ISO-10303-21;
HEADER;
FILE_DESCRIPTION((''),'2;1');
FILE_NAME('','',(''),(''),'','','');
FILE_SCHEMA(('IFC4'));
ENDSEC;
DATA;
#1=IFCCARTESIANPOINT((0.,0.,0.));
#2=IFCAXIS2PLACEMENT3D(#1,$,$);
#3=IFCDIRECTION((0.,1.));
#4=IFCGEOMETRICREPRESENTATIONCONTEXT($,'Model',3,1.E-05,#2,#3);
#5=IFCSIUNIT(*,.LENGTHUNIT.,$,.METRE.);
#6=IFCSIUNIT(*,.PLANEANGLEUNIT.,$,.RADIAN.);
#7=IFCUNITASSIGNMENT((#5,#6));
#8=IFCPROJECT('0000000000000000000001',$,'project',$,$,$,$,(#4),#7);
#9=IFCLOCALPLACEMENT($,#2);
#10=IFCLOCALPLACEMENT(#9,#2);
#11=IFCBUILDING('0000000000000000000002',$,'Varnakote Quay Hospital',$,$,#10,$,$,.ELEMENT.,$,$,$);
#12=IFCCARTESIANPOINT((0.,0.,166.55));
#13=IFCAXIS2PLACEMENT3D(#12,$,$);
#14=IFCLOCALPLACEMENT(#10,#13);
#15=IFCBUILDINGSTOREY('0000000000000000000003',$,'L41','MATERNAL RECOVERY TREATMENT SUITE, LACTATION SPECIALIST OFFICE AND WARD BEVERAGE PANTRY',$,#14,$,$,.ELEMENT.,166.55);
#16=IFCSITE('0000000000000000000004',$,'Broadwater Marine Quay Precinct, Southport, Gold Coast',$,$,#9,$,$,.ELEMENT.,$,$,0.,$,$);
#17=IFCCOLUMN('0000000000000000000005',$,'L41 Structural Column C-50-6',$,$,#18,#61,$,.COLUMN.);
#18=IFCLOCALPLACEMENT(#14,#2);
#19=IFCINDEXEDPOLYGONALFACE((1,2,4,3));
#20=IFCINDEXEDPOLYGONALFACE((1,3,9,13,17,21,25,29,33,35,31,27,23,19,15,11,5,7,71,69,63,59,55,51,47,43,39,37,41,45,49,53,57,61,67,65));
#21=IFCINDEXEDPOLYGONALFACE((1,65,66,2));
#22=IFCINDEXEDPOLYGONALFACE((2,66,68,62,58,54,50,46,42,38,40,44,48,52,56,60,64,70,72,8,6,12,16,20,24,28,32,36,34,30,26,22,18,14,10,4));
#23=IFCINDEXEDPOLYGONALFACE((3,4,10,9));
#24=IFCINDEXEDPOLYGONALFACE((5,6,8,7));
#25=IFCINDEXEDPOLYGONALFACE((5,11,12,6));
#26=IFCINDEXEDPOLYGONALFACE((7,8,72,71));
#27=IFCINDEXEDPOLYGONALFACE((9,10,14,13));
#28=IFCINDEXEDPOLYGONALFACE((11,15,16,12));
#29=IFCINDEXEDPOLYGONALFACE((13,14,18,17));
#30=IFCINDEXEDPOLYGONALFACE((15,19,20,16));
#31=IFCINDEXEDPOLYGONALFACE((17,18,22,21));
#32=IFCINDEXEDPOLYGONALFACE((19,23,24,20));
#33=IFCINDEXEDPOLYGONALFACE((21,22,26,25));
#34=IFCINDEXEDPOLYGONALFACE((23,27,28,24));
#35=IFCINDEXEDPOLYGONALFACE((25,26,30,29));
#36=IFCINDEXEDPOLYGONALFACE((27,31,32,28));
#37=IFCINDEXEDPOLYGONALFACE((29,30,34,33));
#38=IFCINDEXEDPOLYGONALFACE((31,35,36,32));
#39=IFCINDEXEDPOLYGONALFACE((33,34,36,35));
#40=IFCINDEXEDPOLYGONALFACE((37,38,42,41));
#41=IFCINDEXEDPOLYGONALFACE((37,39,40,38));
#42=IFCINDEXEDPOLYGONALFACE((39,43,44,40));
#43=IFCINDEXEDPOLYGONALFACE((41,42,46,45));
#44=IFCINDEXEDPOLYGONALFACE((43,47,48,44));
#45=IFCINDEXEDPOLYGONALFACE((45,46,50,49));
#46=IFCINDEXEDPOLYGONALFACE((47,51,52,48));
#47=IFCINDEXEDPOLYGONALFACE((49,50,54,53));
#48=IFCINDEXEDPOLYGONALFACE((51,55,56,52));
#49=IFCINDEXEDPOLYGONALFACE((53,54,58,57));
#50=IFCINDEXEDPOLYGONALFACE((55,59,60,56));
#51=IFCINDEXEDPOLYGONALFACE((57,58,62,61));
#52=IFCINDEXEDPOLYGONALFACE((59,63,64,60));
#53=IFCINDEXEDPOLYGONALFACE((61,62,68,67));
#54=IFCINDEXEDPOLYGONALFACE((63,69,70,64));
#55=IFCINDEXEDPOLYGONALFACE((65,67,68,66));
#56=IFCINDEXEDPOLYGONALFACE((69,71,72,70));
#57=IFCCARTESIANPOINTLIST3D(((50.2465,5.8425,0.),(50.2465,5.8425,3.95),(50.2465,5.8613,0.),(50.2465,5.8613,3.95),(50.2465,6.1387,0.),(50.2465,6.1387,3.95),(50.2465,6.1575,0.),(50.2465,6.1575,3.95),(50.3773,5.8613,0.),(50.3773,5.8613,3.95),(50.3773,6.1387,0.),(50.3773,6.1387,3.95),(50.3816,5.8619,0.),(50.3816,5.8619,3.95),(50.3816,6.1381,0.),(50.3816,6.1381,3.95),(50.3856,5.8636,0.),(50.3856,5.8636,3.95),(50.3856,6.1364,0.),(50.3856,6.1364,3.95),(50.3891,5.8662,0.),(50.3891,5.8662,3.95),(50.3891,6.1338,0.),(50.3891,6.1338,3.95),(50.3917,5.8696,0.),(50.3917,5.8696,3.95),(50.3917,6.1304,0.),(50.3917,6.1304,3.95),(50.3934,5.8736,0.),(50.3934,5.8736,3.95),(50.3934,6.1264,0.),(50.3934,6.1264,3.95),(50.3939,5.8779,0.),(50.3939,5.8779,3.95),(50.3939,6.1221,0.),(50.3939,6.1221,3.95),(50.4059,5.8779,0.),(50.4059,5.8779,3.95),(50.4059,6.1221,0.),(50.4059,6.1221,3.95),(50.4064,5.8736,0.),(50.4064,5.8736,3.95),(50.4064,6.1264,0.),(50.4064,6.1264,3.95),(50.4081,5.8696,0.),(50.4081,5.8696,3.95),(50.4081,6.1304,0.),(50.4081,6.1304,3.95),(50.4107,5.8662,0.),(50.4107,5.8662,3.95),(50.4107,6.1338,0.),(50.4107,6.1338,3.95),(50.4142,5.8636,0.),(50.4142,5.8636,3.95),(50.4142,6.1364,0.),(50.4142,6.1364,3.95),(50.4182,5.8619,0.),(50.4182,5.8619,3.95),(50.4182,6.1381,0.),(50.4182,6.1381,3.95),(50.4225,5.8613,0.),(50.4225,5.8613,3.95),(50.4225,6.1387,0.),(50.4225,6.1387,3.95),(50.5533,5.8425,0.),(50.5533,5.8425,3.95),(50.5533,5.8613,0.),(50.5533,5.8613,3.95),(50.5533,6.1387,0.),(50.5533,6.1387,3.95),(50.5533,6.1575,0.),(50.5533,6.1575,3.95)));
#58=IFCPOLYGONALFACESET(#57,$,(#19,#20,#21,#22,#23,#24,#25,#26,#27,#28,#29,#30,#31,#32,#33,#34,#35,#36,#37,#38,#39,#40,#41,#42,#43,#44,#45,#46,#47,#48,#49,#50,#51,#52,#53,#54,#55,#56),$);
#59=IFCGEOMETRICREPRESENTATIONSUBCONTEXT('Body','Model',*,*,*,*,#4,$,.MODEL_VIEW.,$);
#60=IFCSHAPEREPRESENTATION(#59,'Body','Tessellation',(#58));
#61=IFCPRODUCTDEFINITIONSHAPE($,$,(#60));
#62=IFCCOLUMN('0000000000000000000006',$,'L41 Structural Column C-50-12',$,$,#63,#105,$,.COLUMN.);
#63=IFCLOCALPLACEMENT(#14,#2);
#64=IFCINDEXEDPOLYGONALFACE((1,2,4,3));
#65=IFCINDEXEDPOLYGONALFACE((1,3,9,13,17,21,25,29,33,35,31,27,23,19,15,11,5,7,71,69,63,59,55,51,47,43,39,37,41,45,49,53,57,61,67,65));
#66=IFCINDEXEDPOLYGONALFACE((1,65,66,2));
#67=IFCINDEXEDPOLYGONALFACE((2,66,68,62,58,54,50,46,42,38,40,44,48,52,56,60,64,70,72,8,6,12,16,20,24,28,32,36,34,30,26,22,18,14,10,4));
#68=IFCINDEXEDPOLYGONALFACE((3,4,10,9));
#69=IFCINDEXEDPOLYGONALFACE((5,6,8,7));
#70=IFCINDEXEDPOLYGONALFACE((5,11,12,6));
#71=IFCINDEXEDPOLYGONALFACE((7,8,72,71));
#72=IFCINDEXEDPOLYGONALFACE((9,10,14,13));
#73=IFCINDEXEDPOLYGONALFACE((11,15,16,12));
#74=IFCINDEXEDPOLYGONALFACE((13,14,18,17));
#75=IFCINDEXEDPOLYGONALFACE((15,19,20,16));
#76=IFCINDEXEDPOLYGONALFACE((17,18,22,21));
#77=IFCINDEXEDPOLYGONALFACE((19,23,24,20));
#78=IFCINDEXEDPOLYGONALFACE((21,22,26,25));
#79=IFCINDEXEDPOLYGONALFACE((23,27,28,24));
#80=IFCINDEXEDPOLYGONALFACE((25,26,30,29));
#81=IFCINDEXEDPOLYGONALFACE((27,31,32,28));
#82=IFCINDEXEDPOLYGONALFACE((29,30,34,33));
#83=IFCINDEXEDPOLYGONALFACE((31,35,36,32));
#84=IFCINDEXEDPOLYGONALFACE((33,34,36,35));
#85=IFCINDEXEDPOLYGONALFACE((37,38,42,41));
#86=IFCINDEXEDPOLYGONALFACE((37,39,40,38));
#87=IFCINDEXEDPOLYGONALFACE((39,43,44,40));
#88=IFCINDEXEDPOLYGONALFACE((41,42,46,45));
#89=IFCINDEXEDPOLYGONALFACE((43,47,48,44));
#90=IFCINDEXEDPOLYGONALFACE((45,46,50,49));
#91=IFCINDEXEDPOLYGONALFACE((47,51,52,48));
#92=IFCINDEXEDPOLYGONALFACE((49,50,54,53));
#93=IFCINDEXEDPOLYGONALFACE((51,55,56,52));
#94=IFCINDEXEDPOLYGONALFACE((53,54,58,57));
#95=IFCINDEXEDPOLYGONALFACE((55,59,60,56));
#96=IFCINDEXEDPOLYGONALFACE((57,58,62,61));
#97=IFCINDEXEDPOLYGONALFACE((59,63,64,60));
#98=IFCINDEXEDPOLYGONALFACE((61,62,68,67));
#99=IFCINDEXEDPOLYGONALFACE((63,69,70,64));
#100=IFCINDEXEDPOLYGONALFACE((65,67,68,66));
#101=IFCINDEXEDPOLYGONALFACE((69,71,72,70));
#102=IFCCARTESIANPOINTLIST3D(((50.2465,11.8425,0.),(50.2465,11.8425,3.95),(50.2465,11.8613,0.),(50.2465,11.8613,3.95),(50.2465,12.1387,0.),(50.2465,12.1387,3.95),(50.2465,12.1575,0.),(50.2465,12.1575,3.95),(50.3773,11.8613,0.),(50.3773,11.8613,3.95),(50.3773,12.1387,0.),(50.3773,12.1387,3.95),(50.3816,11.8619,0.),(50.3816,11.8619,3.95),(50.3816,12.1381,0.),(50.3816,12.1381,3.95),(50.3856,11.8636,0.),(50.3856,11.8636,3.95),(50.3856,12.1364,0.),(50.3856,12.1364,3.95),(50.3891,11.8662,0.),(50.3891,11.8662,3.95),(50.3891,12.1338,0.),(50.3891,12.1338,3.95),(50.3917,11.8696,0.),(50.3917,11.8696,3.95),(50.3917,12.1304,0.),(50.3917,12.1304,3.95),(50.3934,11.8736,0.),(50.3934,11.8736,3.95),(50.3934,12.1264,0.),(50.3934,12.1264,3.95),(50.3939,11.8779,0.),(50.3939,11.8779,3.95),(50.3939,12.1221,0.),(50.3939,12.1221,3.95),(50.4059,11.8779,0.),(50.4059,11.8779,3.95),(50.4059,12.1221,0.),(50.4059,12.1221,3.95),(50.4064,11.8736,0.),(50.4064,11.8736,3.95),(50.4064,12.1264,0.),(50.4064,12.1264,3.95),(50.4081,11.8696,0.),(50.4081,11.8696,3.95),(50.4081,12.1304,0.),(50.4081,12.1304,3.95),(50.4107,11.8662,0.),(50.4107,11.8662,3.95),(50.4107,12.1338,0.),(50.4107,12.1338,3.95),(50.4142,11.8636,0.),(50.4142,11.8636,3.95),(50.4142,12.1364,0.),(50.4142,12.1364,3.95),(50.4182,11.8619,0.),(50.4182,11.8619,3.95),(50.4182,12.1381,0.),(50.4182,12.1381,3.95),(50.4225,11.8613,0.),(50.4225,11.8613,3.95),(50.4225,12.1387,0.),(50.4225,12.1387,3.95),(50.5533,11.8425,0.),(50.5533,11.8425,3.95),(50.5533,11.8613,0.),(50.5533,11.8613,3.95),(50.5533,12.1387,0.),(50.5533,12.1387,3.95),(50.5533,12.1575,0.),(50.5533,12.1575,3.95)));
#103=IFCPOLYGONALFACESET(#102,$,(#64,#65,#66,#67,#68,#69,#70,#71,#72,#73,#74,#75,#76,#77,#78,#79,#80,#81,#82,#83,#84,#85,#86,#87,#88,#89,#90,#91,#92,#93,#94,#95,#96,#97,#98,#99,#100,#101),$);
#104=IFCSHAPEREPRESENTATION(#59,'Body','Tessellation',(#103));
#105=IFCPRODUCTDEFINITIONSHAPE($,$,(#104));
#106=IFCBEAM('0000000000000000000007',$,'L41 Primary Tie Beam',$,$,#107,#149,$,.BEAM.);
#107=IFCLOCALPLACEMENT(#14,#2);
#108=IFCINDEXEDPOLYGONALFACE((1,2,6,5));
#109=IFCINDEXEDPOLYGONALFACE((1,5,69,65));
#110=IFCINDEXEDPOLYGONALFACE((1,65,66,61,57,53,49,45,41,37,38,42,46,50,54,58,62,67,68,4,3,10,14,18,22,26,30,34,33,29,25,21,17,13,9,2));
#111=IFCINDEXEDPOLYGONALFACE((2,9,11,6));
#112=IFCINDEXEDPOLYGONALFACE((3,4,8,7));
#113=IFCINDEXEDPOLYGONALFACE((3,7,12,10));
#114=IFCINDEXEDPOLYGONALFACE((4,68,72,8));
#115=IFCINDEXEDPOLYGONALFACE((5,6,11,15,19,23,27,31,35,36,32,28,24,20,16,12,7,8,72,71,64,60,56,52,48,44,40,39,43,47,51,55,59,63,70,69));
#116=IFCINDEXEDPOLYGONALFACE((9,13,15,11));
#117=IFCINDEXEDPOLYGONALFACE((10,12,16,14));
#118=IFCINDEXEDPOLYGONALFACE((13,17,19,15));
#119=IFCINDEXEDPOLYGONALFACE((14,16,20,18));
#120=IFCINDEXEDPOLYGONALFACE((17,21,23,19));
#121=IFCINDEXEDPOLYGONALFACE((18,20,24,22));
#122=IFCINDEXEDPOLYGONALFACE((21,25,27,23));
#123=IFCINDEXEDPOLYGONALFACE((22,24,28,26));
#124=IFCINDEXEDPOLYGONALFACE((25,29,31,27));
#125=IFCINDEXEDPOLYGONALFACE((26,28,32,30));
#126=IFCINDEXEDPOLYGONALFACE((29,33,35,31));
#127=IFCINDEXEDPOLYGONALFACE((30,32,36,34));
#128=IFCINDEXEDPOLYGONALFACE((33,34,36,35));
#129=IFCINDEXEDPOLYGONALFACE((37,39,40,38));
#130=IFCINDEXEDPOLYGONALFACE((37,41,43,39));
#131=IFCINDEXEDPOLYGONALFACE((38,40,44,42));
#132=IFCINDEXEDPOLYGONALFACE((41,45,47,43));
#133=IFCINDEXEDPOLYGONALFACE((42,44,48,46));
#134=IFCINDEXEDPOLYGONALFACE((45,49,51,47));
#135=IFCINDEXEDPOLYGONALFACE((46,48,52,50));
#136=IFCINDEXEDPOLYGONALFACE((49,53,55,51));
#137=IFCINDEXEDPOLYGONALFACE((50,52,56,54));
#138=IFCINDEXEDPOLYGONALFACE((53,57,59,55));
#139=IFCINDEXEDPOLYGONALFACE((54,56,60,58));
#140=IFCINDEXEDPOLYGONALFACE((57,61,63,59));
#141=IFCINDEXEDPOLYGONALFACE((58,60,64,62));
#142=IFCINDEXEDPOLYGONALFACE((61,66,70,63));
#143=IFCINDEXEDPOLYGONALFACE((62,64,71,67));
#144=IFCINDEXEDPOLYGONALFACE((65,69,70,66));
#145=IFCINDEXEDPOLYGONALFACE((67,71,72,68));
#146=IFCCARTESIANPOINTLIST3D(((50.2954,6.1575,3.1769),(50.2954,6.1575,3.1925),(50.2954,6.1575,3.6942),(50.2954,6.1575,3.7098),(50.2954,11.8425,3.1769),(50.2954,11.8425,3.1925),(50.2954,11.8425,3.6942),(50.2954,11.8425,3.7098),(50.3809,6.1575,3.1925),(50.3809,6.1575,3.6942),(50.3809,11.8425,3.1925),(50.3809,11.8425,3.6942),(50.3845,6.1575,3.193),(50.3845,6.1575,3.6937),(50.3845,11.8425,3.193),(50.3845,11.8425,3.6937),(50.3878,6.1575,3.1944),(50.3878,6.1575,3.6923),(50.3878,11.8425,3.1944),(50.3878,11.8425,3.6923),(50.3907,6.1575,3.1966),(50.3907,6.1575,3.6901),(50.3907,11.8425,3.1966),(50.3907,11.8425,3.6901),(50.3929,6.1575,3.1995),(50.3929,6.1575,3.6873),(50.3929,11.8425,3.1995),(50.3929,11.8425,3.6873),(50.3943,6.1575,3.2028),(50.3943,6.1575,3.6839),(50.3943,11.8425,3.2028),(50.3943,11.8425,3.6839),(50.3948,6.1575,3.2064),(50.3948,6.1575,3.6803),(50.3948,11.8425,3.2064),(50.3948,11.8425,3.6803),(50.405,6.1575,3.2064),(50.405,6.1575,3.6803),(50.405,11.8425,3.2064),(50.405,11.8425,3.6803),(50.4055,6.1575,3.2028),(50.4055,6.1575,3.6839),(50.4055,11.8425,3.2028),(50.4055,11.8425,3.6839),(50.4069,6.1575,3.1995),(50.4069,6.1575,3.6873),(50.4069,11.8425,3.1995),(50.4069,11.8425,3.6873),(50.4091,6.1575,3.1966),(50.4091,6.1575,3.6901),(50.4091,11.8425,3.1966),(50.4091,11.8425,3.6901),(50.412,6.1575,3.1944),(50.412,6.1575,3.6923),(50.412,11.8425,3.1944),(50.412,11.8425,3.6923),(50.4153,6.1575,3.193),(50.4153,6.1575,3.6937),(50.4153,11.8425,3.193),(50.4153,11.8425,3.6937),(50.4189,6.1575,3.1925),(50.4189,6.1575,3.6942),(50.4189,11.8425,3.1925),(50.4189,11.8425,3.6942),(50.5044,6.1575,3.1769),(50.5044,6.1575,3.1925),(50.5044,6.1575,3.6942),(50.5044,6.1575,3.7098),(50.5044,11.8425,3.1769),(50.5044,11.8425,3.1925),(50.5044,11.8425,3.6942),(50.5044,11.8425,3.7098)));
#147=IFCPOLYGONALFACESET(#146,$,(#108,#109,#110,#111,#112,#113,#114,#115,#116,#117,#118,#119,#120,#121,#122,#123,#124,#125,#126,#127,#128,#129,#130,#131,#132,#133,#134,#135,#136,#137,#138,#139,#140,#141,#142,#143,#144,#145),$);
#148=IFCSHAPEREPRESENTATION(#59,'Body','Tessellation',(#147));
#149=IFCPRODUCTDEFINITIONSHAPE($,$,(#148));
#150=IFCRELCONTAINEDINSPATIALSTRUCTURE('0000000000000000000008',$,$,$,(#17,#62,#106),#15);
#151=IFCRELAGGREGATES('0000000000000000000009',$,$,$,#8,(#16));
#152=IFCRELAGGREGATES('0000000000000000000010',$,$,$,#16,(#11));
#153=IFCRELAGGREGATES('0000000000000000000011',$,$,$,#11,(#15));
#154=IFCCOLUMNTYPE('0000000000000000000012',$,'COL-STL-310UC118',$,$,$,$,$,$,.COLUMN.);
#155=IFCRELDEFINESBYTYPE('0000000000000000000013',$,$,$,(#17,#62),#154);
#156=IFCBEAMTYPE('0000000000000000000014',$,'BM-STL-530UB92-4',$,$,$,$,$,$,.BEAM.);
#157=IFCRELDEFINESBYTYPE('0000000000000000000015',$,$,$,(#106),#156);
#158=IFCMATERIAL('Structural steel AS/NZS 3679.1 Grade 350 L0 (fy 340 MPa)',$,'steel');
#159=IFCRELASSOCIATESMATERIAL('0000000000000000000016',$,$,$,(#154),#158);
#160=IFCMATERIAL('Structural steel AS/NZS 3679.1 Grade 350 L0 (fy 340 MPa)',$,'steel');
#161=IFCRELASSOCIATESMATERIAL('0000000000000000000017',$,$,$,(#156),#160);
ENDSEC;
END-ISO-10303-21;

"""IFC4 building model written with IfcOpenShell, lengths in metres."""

from ifc_helpers import new_model, si_unit, direction, frame, origin, origin_2d, place, context, subcontext, project, spatial, i_section, extrude, material, material_profile, profile_set, type_object, element, save


model = new_model("IFC4")

# Units and contexts
model_context = context("Model", 3, precision=1e-05, world=origin(), true_north=direction((0.0, 1.0)))
body_context = subcontext(model_context, "Body", "Model", "MODEL_VIEW")
ifc_project = project(units=[si_unit("LENGTHUNIT", "METRE"), si_unit("PLANEANGLEUNIT", "RADIAN")], contexts=[model_context])

# Site, building, storey
site_placement = place(None, origin())
site = spatial("IfcSite", under=ifc_project, at=site_placement, Name="Broadwater Marine Quay Precinct, Southport, Gold Coast", CompositionType="ELEMENT", RefElevation=0.0)
building_placement = place(site_placement, origin())
building = spatial("IfcBuilding", under=site, at=building_placement, Name="Varnakote Quay Hospital", CompositionType="ELEMENT")
storey_placement = place(building_placement, frame((0.0, 0.0, 166.55)))
storey = spatial("IfcBuildingStorey", under=building, at=storey_placement, Name="L41", Description="MATERNAL RECOVERY TREATMENT SUITE, LACTATION SPECIALIST OFFICE AND WARD BEVERAGE PANTRY", CompositionType="ELEMENT", Elevation=166.55)

# Columns
ifc_material_1 = material(Name="Structural steel AS/NZS 3679.1 Grade 350 L0 (fy 340 MPa)", Category="steel")
ifc_material_profile_1 = material_profile(ifc_material_1, i_section(OverallWidth=0.3069, OverallDepth=0.3149, WebThickness=0.012, FlangeThickness=0.0188, FilletRadius=0.0166, at=origin_2d()), Name="310UC118")
ifc_profile_set_1 = profile_set([ifc_material_profile_1], Name="Structural steel AS/NZS 3679.1 Grade 350 L0 (fy 340 MPa)")
column_type = type_object("IfcColumnType", Name="COL-STL-310UC118", PredefinedType="COLUMN", material=ifc_profile_set_1)
for number, where, z_axis, x_axis, name in (
    (1, (50.3999, 6.0, 0.0), (0.0, 0.0, 1.0), (1.0, 0.0, 0.0), "L41 Structural Column C-50-6"),
    (2, (50.3999, 12.0, 0.0), (0.0, 0.0, 1.0), (1.0, 0.0, 0.0), "L41 Structural Column C-50-12"),
):
    element("IfcColumn", number, at=place(storey_placement, frame(where, z_axis=z_axis, x_axis=x_axis)), inside=storey, type_object=column_type, Name=name, PredefinedType="COLUMN", context=body_context, shape_type="SweptSolid", body=[
        extrude(i_section(OverallWidth=0.3069, OverallDepth=0.3149, WebThickness=0.012, FlangeThickness=0.0188, FilletRadius=0.0166, at=origin_2d()), origin(), (0.0, 0.0, 1.0), 3.95),
    ])

# Beam
ifc_material_2 = material(Name="Structural steel AS/NZS 3679.1 Grade 350 L0 (fy 340 MPa)", Category="steel")
ifc_material_profile_2 = material_profile(ifc_material_2, i_section(OverallWidth=0.209, OverallDepth=0.533, WebThickness=0.0103, FlangeThickness=0.0156, FilletRadius=0.0139, at=origin_2d()), Name="530UB92.4")
ifc_profile_set_2 = profile_set([ifc_material_profile_2], Name="Structural steel AS/NZS 3679.1 Grade 350 L0 (fy 340 MPa)")
beam_type = type_object("IfcBeamType", Name="BM-STL-530UB92-4", PredefinedType="BEAM", material=ifc_profile_set_2)
beam_placement = place(storey_placement, frame((50.3999, 6.1575, 3.4434), z_axis=(0.0, 1.0, 0.0), x_axis=(-1.0, 0.0, 0.0)))
element("IfcBeam", 3, at=beam_placement, inside=storey, type_object=beam_type, Name="L41 Primary Tie Beam", PredefinedType="BEAM", context=body_context, shape_type="SweptSolid", body=[
    extrude(i_section(OverallWidth=0.209, OverallDepth=0.533, WebThickness=0.0103, FlangeThickness=0.0156, FilletRadius=0.0139, at=origin_2d()), origin(), (0.0, 0.0, 1.0), 5.6851),
])

save(model, "model.ifc")
